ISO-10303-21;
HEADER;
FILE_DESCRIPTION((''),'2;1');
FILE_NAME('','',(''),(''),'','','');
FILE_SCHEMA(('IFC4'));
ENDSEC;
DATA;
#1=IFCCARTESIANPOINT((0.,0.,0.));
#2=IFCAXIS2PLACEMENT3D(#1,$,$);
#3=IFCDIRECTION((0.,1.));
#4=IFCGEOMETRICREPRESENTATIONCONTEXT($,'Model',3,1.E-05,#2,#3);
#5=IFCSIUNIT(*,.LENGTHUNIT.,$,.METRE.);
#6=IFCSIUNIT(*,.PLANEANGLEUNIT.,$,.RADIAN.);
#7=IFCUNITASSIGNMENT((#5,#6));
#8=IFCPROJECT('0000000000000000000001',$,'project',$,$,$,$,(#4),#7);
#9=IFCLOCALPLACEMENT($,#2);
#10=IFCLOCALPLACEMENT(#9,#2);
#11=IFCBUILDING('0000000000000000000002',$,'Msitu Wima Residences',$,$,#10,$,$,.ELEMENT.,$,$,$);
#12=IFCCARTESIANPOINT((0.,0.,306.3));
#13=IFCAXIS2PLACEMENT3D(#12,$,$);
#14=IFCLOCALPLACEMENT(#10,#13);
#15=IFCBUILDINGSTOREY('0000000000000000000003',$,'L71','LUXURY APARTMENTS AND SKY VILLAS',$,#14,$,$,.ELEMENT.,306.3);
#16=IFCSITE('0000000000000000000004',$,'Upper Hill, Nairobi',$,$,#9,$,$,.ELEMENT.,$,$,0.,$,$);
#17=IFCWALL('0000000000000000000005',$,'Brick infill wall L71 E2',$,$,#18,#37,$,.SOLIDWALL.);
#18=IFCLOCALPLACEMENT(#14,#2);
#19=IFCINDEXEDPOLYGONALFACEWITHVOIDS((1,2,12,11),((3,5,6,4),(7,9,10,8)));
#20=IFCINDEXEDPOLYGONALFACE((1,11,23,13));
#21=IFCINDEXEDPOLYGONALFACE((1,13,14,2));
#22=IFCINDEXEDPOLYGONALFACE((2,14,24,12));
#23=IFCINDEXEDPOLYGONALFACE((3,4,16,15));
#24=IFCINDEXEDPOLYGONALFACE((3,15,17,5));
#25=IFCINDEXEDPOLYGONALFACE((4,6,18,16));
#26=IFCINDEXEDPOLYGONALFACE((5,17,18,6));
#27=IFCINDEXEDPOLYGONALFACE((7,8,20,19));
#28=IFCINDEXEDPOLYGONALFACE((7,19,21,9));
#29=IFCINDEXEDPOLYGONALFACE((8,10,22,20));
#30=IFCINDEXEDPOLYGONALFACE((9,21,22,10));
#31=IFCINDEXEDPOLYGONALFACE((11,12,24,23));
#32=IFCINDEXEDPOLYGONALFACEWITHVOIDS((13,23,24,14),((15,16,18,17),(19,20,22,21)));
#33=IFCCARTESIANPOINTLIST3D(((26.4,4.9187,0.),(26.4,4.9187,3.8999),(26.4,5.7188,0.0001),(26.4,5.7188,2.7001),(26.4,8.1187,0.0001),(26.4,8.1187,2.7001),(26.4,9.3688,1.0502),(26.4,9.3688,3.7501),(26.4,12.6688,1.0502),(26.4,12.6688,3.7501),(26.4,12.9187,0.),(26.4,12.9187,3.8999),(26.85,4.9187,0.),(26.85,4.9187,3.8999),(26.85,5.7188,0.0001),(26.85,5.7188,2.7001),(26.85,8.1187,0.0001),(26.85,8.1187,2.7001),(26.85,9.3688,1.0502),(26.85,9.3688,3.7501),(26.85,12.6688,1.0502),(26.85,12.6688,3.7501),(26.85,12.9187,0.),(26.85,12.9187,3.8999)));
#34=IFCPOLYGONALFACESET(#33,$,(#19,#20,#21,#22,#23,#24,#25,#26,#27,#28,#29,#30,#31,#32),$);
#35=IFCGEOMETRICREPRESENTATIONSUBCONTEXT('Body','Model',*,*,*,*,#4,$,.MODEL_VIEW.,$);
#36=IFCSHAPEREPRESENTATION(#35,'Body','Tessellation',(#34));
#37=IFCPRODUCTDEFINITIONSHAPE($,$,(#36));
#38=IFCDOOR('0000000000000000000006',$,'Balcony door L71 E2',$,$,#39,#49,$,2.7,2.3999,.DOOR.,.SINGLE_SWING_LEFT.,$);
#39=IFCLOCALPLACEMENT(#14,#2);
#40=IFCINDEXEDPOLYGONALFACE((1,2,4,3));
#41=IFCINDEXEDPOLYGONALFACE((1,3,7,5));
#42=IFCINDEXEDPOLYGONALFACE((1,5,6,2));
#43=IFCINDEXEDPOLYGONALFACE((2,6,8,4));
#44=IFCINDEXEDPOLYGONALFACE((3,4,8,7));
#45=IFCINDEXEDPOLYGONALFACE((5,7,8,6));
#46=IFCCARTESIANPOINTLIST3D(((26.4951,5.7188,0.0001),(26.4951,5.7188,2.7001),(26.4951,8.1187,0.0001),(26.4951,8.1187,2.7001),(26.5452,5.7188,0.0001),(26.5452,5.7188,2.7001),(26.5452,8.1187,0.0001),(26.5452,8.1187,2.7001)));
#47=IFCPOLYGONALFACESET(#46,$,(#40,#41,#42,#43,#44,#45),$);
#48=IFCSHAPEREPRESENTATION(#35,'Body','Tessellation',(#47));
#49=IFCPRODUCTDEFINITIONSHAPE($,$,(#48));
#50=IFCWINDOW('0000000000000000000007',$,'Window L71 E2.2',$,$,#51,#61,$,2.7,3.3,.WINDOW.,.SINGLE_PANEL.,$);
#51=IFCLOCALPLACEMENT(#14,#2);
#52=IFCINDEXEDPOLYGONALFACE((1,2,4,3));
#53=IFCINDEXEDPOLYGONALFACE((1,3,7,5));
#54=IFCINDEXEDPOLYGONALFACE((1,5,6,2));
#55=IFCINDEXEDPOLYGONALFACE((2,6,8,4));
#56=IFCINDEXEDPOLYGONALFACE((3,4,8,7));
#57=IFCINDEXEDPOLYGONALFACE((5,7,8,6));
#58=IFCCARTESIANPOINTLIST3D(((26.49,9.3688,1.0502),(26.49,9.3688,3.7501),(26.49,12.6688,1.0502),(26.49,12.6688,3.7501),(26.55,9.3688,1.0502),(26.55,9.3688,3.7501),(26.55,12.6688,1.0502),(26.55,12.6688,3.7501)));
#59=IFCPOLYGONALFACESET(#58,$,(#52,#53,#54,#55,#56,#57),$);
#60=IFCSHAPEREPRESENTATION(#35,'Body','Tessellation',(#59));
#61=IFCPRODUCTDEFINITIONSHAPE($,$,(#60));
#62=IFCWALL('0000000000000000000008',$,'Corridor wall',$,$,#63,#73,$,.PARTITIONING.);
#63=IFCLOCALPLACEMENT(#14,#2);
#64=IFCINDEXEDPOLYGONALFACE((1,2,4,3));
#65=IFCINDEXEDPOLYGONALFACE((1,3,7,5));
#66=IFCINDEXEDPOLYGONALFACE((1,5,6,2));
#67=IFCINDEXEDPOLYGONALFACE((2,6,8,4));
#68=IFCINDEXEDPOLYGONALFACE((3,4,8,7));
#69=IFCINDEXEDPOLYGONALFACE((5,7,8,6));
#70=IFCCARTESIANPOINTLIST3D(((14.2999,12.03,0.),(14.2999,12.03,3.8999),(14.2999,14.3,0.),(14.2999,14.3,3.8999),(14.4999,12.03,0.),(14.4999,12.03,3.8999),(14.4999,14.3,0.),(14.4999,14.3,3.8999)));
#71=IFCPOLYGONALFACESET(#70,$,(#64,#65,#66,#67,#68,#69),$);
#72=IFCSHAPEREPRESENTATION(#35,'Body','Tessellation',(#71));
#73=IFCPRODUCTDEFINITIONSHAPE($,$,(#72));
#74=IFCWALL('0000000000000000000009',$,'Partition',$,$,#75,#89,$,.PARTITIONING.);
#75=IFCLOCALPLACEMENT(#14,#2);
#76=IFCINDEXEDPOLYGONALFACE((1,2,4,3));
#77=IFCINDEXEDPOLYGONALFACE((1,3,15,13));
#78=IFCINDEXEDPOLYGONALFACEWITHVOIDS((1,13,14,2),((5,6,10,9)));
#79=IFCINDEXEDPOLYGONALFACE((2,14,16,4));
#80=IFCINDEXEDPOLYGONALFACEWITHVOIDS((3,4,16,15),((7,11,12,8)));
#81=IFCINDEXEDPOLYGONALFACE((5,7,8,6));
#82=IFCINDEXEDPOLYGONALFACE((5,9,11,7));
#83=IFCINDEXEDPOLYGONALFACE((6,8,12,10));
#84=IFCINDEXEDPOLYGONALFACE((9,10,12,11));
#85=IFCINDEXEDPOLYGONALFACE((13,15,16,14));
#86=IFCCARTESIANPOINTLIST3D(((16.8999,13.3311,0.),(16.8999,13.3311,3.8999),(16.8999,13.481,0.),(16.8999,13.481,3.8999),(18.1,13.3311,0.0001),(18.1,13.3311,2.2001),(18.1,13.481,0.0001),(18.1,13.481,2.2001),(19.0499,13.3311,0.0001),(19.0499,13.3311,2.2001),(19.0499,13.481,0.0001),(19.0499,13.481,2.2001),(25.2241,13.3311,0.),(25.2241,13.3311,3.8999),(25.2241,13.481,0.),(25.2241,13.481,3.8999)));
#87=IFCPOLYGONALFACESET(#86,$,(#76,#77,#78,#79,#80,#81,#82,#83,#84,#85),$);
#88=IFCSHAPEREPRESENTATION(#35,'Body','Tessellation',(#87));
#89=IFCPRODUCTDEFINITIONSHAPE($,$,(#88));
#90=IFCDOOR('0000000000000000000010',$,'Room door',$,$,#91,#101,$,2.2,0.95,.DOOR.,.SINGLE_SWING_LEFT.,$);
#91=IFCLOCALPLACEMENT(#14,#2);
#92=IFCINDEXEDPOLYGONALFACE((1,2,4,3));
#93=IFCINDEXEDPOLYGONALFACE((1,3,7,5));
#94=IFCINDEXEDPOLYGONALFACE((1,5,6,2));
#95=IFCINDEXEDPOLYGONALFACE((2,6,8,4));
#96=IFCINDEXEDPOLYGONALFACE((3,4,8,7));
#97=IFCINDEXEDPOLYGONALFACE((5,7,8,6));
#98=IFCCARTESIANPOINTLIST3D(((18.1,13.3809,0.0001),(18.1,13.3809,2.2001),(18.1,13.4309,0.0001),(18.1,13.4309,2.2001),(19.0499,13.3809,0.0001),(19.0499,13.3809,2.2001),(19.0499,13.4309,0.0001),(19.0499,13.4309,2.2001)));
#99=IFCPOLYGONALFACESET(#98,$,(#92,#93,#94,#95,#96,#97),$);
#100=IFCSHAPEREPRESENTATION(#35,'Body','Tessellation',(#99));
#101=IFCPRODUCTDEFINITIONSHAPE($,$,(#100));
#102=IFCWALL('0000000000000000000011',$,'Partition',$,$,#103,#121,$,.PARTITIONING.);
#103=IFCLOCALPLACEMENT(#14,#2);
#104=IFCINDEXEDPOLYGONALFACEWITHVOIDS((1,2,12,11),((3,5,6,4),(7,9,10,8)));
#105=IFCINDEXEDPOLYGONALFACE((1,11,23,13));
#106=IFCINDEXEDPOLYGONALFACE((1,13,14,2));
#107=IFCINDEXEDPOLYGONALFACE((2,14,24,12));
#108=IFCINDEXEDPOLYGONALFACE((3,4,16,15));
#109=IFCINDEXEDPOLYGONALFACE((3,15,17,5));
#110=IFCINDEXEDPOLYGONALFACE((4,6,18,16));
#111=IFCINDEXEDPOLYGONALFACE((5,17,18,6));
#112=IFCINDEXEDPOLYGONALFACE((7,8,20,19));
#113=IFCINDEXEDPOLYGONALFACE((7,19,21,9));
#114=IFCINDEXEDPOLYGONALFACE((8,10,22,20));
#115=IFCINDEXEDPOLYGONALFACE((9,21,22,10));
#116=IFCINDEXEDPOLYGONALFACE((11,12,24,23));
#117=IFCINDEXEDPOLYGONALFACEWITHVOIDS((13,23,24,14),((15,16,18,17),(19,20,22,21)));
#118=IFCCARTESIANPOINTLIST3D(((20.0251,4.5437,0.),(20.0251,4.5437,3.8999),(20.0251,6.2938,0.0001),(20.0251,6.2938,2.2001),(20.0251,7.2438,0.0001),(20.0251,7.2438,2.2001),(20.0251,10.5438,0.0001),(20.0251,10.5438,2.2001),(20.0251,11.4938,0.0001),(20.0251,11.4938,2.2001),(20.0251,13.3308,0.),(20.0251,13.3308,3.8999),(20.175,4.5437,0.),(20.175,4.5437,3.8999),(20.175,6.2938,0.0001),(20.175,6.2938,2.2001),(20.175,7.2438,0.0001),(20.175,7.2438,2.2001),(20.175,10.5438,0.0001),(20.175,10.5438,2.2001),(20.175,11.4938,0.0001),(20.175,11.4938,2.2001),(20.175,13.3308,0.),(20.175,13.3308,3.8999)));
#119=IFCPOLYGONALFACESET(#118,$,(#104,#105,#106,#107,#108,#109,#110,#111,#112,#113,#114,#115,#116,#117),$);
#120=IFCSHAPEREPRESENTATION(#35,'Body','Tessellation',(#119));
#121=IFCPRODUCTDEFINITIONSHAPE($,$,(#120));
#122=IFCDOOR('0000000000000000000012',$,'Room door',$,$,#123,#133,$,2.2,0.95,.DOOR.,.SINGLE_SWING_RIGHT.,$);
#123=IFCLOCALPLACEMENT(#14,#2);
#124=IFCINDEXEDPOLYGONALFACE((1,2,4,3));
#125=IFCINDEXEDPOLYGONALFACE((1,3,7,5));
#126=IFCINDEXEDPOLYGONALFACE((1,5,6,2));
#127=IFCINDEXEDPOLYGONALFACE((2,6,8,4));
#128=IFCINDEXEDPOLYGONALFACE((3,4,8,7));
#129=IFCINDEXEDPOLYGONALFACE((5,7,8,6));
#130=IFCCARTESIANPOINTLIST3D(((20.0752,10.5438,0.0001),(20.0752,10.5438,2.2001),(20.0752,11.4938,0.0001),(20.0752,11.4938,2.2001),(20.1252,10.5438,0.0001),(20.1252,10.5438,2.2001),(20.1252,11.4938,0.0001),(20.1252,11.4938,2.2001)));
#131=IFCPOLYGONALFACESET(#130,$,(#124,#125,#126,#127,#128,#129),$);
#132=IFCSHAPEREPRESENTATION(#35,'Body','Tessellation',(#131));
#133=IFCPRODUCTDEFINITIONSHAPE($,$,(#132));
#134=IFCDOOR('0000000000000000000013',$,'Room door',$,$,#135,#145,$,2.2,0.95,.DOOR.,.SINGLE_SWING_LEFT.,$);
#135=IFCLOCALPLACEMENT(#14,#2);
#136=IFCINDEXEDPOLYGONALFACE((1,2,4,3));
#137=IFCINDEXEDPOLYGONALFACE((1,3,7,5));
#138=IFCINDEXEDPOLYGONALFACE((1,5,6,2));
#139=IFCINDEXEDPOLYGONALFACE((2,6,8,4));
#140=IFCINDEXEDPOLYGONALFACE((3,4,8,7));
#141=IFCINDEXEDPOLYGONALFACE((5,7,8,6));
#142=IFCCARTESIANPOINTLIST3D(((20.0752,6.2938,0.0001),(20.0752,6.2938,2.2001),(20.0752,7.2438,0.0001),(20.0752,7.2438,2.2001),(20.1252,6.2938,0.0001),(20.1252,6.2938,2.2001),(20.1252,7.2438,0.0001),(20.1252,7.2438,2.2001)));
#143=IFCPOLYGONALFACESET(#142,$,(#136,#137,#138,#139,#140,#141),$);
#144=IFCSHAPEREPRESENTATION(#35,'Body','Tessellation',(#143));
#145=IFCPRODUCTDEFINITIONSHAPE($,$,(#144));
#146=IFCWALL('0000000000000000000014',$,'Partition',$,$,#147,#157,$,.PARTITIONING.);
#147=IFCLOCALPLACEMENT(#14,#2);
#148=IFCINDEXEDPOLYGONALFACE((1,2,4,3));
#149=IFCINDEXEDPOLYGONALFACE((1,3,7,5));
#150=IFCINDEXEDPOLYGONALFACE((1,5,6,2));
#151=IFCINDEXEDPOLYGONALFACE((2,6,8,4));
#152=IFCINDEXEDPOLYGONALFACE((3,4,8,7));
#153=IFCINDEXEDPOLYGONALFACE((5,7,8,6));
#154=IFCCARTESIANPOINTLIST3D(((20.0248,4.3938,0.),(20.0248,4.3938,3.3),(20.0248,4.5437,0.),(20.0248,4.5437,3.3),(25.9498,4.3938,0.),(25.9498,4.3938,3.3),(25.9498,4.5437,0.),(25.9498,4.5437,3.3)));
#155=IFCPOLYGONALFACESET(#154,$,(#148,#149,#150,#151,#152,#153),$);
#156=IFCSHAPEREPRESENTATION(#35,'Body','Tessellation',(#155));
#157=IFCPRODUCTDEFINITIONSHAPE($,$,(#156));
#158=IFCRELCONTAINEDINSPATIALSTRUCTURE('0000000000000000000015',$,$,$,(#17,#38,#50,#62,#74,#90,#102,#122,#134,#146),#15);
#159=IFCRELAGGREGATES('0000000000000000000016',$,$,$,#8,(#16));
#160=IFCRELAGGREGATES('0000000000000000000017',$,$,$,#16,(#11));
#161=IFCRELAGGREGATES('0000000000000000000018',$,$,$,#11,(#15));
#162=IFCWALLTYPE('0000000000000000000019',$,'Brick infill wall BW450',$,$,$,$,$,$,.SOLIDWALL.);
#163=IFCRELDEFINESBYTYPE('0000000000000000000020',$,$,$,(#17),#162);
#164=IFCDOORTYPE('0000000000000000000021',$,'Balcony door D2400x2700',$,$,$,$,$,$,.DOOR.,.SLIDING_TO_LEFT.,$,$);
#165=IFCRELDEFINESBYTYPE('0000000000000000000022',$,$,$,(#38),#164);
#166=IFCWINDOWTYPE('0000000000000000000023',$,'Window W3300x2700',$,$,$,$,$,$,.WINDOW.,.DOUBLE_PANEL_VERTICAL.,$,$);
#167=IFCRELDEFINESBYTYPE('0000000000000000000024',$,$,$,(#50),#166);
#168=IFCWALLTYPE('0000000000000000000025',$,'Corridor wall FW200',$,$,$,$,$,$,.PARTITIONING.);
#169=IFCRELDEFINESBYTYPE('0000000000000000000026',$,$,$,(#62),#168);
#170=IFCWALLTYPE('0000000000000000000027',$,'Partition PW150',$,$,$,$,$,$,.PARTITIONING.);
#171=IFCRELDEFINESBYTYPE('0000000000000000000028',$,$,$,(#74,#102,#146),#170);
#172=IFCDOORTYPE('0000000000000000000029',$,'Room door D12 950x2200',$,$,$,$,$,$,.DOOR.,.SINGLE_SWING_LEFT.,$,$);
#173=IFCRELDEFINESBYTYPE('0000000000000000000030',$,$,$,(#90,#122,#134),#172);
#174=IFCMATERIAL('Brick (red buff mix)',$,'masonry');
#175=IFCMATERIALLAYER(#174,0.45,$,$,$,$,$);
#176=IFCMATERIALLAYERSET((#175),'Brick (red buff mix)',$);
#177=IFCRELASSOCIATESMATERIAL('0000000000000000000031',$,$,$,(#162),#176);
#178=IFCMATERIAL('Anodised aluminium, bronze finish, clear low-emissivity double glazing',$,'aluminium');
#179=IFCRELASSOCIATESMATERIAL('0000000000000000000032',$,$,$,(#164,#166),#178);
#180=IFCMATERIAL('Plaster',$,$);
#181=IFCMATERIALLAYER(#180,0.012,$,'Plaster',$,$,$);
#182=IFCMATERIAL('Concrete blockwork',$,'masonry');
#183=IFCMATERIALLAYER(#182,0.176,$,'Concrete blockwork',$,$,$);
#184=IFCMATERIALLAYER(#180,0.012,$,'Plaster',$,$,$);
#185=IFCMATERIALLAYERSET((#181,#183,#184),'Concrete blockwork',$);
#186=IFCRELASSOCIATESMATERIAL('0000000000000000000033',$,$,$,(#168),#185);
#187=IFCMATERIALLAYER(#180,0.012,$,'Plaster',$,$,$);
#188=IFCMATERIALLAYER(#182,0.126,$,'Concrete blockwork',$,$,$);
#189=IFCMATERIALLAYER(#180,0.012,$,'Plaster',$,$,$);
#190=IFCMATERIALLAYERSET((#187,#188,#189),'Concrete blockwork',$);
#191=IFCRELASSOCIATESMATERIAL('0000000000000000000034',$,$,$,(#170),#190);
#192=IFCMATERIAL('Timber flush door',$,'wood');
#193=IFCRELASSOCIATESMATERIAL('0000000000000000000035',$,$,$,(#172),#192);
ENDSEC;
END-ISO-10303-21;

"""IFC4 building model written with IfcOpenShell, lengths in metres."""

from ifc_helpers import new_model, si_unit, direction, frame, frame_2d, origin, place, context, subcontext, project, spatial, rectangle, extrude, material, layer, layer_set, type_object, element, fill, save


model = new_model("IFC4")

# Units and contexts
model_context = context("Model", 3, precision=1e-05, world=origin(), true_north=direction((0.0, 1.0)))
body_context = subcontext(model_context, "Body", "Model", "MODEL_VIEW")
ifc_project = project(units=[si_unit("LENGTHUNIT", "METRE"), si_unit("PLANEANGLEUNIT", "RADIAN")], contexts=[model_context])

# Site, building, storey
site_placement = place(None, origin())
site = spatial("IfcSite", under=ifc_project, at=site_placement, Name="Upper Hill, Nairobi", CompositionType="ELEMENT", RefElevation=0.0)
building_placement = place(site_placement, origin())
building = spatial("IfcBuilding", under=site, at=building_placement, Name="Msitu Wima Residences", CompositionType="ELEMENT")
storey_placement = place(building_placement, frame((0.0, 0.0, 306.3)))
storey = spatial("IfcBuildingStorey", under=building, at=storey_placement, Name="L71", Description="LUXURY APARTMENTS AND SKY VILLAS", CompositionType="ELEMENT", Elevation=306.3)

# Wall, openings, door, window
ifc_material_1 = material(Name="Brick (red buff mix)", Category="masonry")
ifc_layer_1 = layer(ifc_material_1, 0.45)
ifc_layer_set_1 = layer_set([ifc_layer_1], Name="Brick (red buff mix)")
wall_type_1 = type_object("IfcWallType", Name="Brick infill wall BW450", PredefinedType="SOLIDWALL", material=ifc_layer_set_1)
wall_1_placement = place(storey_placement, frame((26.625, 4.9187, 0.0), z_axis=(0.0, 0.0, 1.0), x_axis=(0.0, 1.0, 0.0)))
wall_1 = element("IfcWall", 1, at=wall_1_placement, inside=storey, type_object=wall_type_1, Name="Brick infill wall L71 E2", PredefinedType="SOLIDWALL", context=body_context, shape_type="SweptSolid", body=[
    extrude(rectangle(XDim=8.0, YDim=0.45, at=frame_2d((4.0, 0.0))), origin(), (0.0, 0.0, 1.0), 3.8999),
])
opening_1_placement = place(wall_1_placement, frame((0.8, 0.0, 0.0)))
opening_1 = element("IfcOpeningElement", 2, at=opening_1_placement, cuts=wall_1, PredefinedType="OPENING", context=body_context, shape_type="SweptSolid", body=[
    extrude(rectangle(XDim=2.3999, YDim=2.7, at=frame_2d((1.2, 1.3501))), frame((0.0, 0.2349, 0.0), z_axis=(0.0, -1.0, 0.0), x_axis=(1.0, 0.0, 0.0)), (0.0, 0.0, 1.0), 0.47),
])
opening_2_placement = place(wall_1_placement, frame((4.4502, 0.0, 1.05)))
opening_2 = element("IfcOpeningElement", 3, at=opening_2_placement, cuts=wall_1, PredefinedType="OPENING", context=body_context, shape_type="SweptSolid", body=[
    extrude(rectangle(XDim=3.3, YDim=2.7, at=frame_2d((1.6499, 1.3501))), frame((0.0, 0.2349, 0.0), z_axis=(0.0, -1.0, 0.0), x_axis=(1.0, 0.0, 0.0)), (0.0, 0.0, 1.0), 0.47),
])
ifc_material_2 = material(Name="Anodised aluminium, bronze finish, clear low-emissivity double glazing", Category="aluminium")
door_type_1 = type_object("IfcDoorType", Name="Balcony door D2400x2700", OperationType="SLIDING_TO_LEFT", PredefinedType="DOOR", material=ifc_material_2)
door_1_placement = place(opening_1_placement, origin())
door_1 = element("IfcDoor", 4, at=door_1_placement, inside=storey, type_object=door_type_1, Name="Balcony door L71 E2", OperationType="SINGLE_SWING_LEFT", OverallHeight=2.7, OverallWidth=2.3999, PredefinedType="DOOR", context=body_context, shape_type="SweptSolid", body=[
    extrude(rectangle(XDim=2.3999, YDim=2.7, at=frame_2d((1.2, 1.3501))), frame((0.0, 0.1299, 0.0), z_axis=(0.0, -1.0, 0.0), x_axis=(1.0, 0.0, 0.0)), (0.0, 0.0, 1.0), 0.05),
])
fill(opening_1, door_1)
window_type = type_object("IfcWindowType", Name="Window W3300x2700", PartitioningType="DOUBLE_PANEL_VERTICAL", PredefinedType="WINDOW", material=ifc_material_2)
window_placement = place(opening_2_placement, origin())
window = element("IfcWindow", 5, at=window_placement, inside=storey, type_object=window_type, Name="Window L71 E2.2", OverallHeight=2.7, OverallWidth=3.3, PartitioningType="SINGLE_PANEL", PredefinedType="WINDOW", context=body_context, shape_type="SweptSolid", body=[
    extrude(rectangle(XDim=3.3, YDim=2.7, at=frame_2d((1.6499, 1.3501))), frame((0.0, 0.135, 0.0), z_axis=(0.0, -1.0, 0.0), x_axis=(1.0, 0.0, 0.0)), (0.0, 0.0, 1.0), 0.0601),
])
fill(opening_2, window)

# Wall
ifc_material_3 = material(Name="Plaster")
ifc_layer_2 = layer(ifc_material_3, 0.012, Name="Plaster")
ifc_material_4 = material(Name="Concrete blockwork", Category="masonry")
ifc_layer_3 = layer(ifc_material_4, 0.176, Name="Concrete blockwork")
ifc_layer_4 = layer(ifc_material_3, 0.012, Name="Plaster")
ifc_layer_set_2 = layer_set([ifc_layer_2, ifc_layer_3, ifc_layer_4], Name="Concrete blockwork")
wall_type_2 = type_object("IfcWallType", Name="Corridor wall FW200", PredefinedType="PARTITIONING", material=ifc_layer_set_2)
wall_2_placement = place(storey_placement, frame((14.3999, 12.03, 0.0), z_axis=(0.0, 0.0, 1.0), x_axis=(0.0, 1.0, 0.0)))
element("IfcWall", 6, at=wall_2_placement, inside=storey, type_object=wall_type_2, Name="Corridor wall", PredefinedType="PARTITIONING", context=body_context, shape_type="SweptSolid", body=[
    extrude(rectangle(XDim=2.27, YDim=0.2, at=frame_2d((1.135, 0.0))), origin(), (0.0, 0.0, 1.0), 3.8999),
])

# Wall, opening, door
ifc_layer_5 = layer(ifc_material_3, 0.012, Name="Plaster")
ifc_layer_6 = layer(ifc_material_4, 0.126, Name="Concrete blockwork")
ifc_layer_7 = layer(ifc_material_3, 0.012, Name="Plaster")
ifc_layer_set_3 = layer_set([ifc_layer_5, ifc_layer_6, ifc_layer_7], Name="Concrete blockwork")
wall_type_3 = type_object("IfcWallType", Name="Partition PW150", PredefinedType="PARTITIONING", material=ifc_layer_set_3)
wall_3_placement = place(storey_placement, frame((16.8999, 13.406, 0.0), z_axis=(0.0, 0.0, 1.0), x_axis=(1.0, 0.0, 0.0)))
wall_3 = element("IfcWall", 7, at=wall_3_placement, inside=storey, type_object=wall_type_3, Name="Partition", PredefinedType="PARTITIONING", context=body_context, shape_type="SweptSolid", body=[
    extrude(rectangle(XDim=8.3242, YDim=0.1499, at=frame_2d((4.1621, 0.0))), origin(), (0.0, 0.0, 1.0), 3.8999),
])
opening_3_placement = place(wall_3_placement, frame((1.2, 0.0, 0.0)))
opening_3 = element("IfcOpeningElement", 8, at=opening_3_placement, cuts=wall_3, PredefinedType="OPENING", context=body_context, shape_type="SweptSolid", body=[
    extrude(rectangle(XDim=0.95, YDim=2.2, at=frame_2d((0.4751, 1.1001))), frame((0.0, 0.085, 0.0), z_axis=(0.0, -1.0, 0.0), x_axis=(1.0, 0.0, 0.0)), (0.0, 0.0, 1.0), 0.1699),
])
ifc_material_5 = material(Name="Timber flush door", Category="wood")
door_type_2 = type_object("IfcDoorType", Name="Room door D12 950x2200", OperationType="SINGLE_SWING_LEFT", PredefinedType="DOOR", material=ifc_material_5)
door_2_placement = place(opening_3_placement, origin())
door_2 = element("IfcDoor", 9, at=door_2_placement, inside=storey, type_object=door_type_2, Name="Room door", OperationType="SINGLE_SWING_LEFT", OverallHeight=2.2, OverallWidth=0.95, PredefinedType="DOOR", context=body_context, shape_type="SweptSolid", body=[
    extrude(rectangle(XDim=0.95, YDim=2.2, at=frame_2d((0.4751, 1.1001))), frame((0.0, 0.0249, 0.0), z_axis=(0.0, -1.0, 0.0), x_axis=(1.0, 0.0, 0.0)), (0.0, 0.0, 1.0), 0.05),
])
fill(opening_3, door_2)

# Wall, openings, doors
wall_4_placement = place(storey_placement, frame((20.1001, 4.5437, 0.0), z_axis=(0.0, 0.0, 1.0), x_axis=(0.0, 1.0, 0.0)))
wall_4 = element("IfcWall", 10, at=wall_4_placement, inside=storey, type_object=wall_type_3, Name="Partition", PredefinedType="PARTITIONING", context=body_context, shape_type="SweptSolid", body=[
    extrude(rectangle(XDim=8.7871, YDim=0.1499, at=frame_2d((4.3936, 0.0))), origin(), (0.0, 0.0, 1.0), 3.8999),
])
opening_4_placement = place(wall_4_placement, frame((6.0, 0.0, 0.0)))
opening_4 = element("IfcOpeningElement", 11, at=opening_4_placement, cuts=wall_4, PredefinedType="OPENING", context=body_context, shape_type="SweptSolid", body=[
    extrude(rectangle(XDim=0.95, YDim=2.2, at=frame_2d((0.4751, 1.1001))), frame((0.0, 0.085, 0.0), z_axis=(0.0, -1.0, 0.0), x_axis=(1.0, 0.0, 0.0)), (0.0, 0.0, 1.0), 0.1699),
])
opening_5_placement = place(wall_4_placement, frame((1.75, 0.0, 0.0)))
opening_5 = element("IfcOpeningElement", 12, at=opening_5_placement, cuts=wall_4, PredefinedType="OPENING", context=body_context, shape_type="SweptSolid", body=[
    extrude(rectangle(XDim=0.95, YDim=2.2, at=frame_2d((0.4751, 1.1001))), frame((0.0, 0.085, 0.0), z_axis=(0.0, -1.0, 0.0), x_axis=(1.0, 0.0, 0.0)), (0.0, 0.0, 1.0), 0.1699),
])
door_3_placement = place(opening_4_placement, origin())
door_3 = element("IfcDoor", 13, at=door_3_placement, inside=storey, type_object=door_type_2, Name="Room door", OperationType="SINGLE_SWING_RIGHT", OverallHeight=2.2, OverallWidth=0.95, PredefinedType="DOOR", context=body_context, shape_type="SweptSolid", body=[
    extrude(rectangle(XDim=0.95, YDim=2.2, at=frame_2d((0.4751, 1.1001))), frame((0.0, 0.0249, 0.0), z_axis=(0.0, -1.0, 0.0), x_axis=(1.0, 0.0, 0.0)), (0.0, 0.0, 1.0), 0.05),
])
fill(opening_4, door_3)
door_4_placement = place(opening_5_placement, origin())
door_4 = element("IfcDoor", 14, at=door_4_placement, inside=storey, type_object=door_type_2, Name="Room door", OperationType="SINGLE_SWING_LEFT", OverallHeight=2.2, OverallWidth=0.95, PredefinedType="DOOR", context=body_context, shape_type="SweptSolid", body=[
    extrude(rectangle(XDim=0.95, YDim=2.2, at=frame_2d((0.4751, 1.1001))), frame((0.0, 0.0249, 0.0), z_axis=(0.0, -1.0, 0.0), x_axis=(1.0, 0.0, 0.0)), (0.0, 0.0, 1.0), 0.05),
])
fill(opening_5, door_4)

# Wall
wall_5_placement = place(storey_placement, frame((20.0249, 4.4688, 0.0), z_axis=(0.0, 0.0, 1.0), x_axis=(1.0, 0.0, 0.0)))
element("IfcWall", 15, at=wall_5_placement, inside=storey, type_object=wall_type_3, Name="Partition", PredefinedType="PARTITIONING", context=body_context, shape_type="SweptSolid", body=[
    extrude(rectangle(XDim=5.925, YDim=0.1499, at=frame_2d((2.9624, 0.0))), origin(), (0.0, 0.0, 1.0), 3.3),
])

save(model, "model.ifc")
